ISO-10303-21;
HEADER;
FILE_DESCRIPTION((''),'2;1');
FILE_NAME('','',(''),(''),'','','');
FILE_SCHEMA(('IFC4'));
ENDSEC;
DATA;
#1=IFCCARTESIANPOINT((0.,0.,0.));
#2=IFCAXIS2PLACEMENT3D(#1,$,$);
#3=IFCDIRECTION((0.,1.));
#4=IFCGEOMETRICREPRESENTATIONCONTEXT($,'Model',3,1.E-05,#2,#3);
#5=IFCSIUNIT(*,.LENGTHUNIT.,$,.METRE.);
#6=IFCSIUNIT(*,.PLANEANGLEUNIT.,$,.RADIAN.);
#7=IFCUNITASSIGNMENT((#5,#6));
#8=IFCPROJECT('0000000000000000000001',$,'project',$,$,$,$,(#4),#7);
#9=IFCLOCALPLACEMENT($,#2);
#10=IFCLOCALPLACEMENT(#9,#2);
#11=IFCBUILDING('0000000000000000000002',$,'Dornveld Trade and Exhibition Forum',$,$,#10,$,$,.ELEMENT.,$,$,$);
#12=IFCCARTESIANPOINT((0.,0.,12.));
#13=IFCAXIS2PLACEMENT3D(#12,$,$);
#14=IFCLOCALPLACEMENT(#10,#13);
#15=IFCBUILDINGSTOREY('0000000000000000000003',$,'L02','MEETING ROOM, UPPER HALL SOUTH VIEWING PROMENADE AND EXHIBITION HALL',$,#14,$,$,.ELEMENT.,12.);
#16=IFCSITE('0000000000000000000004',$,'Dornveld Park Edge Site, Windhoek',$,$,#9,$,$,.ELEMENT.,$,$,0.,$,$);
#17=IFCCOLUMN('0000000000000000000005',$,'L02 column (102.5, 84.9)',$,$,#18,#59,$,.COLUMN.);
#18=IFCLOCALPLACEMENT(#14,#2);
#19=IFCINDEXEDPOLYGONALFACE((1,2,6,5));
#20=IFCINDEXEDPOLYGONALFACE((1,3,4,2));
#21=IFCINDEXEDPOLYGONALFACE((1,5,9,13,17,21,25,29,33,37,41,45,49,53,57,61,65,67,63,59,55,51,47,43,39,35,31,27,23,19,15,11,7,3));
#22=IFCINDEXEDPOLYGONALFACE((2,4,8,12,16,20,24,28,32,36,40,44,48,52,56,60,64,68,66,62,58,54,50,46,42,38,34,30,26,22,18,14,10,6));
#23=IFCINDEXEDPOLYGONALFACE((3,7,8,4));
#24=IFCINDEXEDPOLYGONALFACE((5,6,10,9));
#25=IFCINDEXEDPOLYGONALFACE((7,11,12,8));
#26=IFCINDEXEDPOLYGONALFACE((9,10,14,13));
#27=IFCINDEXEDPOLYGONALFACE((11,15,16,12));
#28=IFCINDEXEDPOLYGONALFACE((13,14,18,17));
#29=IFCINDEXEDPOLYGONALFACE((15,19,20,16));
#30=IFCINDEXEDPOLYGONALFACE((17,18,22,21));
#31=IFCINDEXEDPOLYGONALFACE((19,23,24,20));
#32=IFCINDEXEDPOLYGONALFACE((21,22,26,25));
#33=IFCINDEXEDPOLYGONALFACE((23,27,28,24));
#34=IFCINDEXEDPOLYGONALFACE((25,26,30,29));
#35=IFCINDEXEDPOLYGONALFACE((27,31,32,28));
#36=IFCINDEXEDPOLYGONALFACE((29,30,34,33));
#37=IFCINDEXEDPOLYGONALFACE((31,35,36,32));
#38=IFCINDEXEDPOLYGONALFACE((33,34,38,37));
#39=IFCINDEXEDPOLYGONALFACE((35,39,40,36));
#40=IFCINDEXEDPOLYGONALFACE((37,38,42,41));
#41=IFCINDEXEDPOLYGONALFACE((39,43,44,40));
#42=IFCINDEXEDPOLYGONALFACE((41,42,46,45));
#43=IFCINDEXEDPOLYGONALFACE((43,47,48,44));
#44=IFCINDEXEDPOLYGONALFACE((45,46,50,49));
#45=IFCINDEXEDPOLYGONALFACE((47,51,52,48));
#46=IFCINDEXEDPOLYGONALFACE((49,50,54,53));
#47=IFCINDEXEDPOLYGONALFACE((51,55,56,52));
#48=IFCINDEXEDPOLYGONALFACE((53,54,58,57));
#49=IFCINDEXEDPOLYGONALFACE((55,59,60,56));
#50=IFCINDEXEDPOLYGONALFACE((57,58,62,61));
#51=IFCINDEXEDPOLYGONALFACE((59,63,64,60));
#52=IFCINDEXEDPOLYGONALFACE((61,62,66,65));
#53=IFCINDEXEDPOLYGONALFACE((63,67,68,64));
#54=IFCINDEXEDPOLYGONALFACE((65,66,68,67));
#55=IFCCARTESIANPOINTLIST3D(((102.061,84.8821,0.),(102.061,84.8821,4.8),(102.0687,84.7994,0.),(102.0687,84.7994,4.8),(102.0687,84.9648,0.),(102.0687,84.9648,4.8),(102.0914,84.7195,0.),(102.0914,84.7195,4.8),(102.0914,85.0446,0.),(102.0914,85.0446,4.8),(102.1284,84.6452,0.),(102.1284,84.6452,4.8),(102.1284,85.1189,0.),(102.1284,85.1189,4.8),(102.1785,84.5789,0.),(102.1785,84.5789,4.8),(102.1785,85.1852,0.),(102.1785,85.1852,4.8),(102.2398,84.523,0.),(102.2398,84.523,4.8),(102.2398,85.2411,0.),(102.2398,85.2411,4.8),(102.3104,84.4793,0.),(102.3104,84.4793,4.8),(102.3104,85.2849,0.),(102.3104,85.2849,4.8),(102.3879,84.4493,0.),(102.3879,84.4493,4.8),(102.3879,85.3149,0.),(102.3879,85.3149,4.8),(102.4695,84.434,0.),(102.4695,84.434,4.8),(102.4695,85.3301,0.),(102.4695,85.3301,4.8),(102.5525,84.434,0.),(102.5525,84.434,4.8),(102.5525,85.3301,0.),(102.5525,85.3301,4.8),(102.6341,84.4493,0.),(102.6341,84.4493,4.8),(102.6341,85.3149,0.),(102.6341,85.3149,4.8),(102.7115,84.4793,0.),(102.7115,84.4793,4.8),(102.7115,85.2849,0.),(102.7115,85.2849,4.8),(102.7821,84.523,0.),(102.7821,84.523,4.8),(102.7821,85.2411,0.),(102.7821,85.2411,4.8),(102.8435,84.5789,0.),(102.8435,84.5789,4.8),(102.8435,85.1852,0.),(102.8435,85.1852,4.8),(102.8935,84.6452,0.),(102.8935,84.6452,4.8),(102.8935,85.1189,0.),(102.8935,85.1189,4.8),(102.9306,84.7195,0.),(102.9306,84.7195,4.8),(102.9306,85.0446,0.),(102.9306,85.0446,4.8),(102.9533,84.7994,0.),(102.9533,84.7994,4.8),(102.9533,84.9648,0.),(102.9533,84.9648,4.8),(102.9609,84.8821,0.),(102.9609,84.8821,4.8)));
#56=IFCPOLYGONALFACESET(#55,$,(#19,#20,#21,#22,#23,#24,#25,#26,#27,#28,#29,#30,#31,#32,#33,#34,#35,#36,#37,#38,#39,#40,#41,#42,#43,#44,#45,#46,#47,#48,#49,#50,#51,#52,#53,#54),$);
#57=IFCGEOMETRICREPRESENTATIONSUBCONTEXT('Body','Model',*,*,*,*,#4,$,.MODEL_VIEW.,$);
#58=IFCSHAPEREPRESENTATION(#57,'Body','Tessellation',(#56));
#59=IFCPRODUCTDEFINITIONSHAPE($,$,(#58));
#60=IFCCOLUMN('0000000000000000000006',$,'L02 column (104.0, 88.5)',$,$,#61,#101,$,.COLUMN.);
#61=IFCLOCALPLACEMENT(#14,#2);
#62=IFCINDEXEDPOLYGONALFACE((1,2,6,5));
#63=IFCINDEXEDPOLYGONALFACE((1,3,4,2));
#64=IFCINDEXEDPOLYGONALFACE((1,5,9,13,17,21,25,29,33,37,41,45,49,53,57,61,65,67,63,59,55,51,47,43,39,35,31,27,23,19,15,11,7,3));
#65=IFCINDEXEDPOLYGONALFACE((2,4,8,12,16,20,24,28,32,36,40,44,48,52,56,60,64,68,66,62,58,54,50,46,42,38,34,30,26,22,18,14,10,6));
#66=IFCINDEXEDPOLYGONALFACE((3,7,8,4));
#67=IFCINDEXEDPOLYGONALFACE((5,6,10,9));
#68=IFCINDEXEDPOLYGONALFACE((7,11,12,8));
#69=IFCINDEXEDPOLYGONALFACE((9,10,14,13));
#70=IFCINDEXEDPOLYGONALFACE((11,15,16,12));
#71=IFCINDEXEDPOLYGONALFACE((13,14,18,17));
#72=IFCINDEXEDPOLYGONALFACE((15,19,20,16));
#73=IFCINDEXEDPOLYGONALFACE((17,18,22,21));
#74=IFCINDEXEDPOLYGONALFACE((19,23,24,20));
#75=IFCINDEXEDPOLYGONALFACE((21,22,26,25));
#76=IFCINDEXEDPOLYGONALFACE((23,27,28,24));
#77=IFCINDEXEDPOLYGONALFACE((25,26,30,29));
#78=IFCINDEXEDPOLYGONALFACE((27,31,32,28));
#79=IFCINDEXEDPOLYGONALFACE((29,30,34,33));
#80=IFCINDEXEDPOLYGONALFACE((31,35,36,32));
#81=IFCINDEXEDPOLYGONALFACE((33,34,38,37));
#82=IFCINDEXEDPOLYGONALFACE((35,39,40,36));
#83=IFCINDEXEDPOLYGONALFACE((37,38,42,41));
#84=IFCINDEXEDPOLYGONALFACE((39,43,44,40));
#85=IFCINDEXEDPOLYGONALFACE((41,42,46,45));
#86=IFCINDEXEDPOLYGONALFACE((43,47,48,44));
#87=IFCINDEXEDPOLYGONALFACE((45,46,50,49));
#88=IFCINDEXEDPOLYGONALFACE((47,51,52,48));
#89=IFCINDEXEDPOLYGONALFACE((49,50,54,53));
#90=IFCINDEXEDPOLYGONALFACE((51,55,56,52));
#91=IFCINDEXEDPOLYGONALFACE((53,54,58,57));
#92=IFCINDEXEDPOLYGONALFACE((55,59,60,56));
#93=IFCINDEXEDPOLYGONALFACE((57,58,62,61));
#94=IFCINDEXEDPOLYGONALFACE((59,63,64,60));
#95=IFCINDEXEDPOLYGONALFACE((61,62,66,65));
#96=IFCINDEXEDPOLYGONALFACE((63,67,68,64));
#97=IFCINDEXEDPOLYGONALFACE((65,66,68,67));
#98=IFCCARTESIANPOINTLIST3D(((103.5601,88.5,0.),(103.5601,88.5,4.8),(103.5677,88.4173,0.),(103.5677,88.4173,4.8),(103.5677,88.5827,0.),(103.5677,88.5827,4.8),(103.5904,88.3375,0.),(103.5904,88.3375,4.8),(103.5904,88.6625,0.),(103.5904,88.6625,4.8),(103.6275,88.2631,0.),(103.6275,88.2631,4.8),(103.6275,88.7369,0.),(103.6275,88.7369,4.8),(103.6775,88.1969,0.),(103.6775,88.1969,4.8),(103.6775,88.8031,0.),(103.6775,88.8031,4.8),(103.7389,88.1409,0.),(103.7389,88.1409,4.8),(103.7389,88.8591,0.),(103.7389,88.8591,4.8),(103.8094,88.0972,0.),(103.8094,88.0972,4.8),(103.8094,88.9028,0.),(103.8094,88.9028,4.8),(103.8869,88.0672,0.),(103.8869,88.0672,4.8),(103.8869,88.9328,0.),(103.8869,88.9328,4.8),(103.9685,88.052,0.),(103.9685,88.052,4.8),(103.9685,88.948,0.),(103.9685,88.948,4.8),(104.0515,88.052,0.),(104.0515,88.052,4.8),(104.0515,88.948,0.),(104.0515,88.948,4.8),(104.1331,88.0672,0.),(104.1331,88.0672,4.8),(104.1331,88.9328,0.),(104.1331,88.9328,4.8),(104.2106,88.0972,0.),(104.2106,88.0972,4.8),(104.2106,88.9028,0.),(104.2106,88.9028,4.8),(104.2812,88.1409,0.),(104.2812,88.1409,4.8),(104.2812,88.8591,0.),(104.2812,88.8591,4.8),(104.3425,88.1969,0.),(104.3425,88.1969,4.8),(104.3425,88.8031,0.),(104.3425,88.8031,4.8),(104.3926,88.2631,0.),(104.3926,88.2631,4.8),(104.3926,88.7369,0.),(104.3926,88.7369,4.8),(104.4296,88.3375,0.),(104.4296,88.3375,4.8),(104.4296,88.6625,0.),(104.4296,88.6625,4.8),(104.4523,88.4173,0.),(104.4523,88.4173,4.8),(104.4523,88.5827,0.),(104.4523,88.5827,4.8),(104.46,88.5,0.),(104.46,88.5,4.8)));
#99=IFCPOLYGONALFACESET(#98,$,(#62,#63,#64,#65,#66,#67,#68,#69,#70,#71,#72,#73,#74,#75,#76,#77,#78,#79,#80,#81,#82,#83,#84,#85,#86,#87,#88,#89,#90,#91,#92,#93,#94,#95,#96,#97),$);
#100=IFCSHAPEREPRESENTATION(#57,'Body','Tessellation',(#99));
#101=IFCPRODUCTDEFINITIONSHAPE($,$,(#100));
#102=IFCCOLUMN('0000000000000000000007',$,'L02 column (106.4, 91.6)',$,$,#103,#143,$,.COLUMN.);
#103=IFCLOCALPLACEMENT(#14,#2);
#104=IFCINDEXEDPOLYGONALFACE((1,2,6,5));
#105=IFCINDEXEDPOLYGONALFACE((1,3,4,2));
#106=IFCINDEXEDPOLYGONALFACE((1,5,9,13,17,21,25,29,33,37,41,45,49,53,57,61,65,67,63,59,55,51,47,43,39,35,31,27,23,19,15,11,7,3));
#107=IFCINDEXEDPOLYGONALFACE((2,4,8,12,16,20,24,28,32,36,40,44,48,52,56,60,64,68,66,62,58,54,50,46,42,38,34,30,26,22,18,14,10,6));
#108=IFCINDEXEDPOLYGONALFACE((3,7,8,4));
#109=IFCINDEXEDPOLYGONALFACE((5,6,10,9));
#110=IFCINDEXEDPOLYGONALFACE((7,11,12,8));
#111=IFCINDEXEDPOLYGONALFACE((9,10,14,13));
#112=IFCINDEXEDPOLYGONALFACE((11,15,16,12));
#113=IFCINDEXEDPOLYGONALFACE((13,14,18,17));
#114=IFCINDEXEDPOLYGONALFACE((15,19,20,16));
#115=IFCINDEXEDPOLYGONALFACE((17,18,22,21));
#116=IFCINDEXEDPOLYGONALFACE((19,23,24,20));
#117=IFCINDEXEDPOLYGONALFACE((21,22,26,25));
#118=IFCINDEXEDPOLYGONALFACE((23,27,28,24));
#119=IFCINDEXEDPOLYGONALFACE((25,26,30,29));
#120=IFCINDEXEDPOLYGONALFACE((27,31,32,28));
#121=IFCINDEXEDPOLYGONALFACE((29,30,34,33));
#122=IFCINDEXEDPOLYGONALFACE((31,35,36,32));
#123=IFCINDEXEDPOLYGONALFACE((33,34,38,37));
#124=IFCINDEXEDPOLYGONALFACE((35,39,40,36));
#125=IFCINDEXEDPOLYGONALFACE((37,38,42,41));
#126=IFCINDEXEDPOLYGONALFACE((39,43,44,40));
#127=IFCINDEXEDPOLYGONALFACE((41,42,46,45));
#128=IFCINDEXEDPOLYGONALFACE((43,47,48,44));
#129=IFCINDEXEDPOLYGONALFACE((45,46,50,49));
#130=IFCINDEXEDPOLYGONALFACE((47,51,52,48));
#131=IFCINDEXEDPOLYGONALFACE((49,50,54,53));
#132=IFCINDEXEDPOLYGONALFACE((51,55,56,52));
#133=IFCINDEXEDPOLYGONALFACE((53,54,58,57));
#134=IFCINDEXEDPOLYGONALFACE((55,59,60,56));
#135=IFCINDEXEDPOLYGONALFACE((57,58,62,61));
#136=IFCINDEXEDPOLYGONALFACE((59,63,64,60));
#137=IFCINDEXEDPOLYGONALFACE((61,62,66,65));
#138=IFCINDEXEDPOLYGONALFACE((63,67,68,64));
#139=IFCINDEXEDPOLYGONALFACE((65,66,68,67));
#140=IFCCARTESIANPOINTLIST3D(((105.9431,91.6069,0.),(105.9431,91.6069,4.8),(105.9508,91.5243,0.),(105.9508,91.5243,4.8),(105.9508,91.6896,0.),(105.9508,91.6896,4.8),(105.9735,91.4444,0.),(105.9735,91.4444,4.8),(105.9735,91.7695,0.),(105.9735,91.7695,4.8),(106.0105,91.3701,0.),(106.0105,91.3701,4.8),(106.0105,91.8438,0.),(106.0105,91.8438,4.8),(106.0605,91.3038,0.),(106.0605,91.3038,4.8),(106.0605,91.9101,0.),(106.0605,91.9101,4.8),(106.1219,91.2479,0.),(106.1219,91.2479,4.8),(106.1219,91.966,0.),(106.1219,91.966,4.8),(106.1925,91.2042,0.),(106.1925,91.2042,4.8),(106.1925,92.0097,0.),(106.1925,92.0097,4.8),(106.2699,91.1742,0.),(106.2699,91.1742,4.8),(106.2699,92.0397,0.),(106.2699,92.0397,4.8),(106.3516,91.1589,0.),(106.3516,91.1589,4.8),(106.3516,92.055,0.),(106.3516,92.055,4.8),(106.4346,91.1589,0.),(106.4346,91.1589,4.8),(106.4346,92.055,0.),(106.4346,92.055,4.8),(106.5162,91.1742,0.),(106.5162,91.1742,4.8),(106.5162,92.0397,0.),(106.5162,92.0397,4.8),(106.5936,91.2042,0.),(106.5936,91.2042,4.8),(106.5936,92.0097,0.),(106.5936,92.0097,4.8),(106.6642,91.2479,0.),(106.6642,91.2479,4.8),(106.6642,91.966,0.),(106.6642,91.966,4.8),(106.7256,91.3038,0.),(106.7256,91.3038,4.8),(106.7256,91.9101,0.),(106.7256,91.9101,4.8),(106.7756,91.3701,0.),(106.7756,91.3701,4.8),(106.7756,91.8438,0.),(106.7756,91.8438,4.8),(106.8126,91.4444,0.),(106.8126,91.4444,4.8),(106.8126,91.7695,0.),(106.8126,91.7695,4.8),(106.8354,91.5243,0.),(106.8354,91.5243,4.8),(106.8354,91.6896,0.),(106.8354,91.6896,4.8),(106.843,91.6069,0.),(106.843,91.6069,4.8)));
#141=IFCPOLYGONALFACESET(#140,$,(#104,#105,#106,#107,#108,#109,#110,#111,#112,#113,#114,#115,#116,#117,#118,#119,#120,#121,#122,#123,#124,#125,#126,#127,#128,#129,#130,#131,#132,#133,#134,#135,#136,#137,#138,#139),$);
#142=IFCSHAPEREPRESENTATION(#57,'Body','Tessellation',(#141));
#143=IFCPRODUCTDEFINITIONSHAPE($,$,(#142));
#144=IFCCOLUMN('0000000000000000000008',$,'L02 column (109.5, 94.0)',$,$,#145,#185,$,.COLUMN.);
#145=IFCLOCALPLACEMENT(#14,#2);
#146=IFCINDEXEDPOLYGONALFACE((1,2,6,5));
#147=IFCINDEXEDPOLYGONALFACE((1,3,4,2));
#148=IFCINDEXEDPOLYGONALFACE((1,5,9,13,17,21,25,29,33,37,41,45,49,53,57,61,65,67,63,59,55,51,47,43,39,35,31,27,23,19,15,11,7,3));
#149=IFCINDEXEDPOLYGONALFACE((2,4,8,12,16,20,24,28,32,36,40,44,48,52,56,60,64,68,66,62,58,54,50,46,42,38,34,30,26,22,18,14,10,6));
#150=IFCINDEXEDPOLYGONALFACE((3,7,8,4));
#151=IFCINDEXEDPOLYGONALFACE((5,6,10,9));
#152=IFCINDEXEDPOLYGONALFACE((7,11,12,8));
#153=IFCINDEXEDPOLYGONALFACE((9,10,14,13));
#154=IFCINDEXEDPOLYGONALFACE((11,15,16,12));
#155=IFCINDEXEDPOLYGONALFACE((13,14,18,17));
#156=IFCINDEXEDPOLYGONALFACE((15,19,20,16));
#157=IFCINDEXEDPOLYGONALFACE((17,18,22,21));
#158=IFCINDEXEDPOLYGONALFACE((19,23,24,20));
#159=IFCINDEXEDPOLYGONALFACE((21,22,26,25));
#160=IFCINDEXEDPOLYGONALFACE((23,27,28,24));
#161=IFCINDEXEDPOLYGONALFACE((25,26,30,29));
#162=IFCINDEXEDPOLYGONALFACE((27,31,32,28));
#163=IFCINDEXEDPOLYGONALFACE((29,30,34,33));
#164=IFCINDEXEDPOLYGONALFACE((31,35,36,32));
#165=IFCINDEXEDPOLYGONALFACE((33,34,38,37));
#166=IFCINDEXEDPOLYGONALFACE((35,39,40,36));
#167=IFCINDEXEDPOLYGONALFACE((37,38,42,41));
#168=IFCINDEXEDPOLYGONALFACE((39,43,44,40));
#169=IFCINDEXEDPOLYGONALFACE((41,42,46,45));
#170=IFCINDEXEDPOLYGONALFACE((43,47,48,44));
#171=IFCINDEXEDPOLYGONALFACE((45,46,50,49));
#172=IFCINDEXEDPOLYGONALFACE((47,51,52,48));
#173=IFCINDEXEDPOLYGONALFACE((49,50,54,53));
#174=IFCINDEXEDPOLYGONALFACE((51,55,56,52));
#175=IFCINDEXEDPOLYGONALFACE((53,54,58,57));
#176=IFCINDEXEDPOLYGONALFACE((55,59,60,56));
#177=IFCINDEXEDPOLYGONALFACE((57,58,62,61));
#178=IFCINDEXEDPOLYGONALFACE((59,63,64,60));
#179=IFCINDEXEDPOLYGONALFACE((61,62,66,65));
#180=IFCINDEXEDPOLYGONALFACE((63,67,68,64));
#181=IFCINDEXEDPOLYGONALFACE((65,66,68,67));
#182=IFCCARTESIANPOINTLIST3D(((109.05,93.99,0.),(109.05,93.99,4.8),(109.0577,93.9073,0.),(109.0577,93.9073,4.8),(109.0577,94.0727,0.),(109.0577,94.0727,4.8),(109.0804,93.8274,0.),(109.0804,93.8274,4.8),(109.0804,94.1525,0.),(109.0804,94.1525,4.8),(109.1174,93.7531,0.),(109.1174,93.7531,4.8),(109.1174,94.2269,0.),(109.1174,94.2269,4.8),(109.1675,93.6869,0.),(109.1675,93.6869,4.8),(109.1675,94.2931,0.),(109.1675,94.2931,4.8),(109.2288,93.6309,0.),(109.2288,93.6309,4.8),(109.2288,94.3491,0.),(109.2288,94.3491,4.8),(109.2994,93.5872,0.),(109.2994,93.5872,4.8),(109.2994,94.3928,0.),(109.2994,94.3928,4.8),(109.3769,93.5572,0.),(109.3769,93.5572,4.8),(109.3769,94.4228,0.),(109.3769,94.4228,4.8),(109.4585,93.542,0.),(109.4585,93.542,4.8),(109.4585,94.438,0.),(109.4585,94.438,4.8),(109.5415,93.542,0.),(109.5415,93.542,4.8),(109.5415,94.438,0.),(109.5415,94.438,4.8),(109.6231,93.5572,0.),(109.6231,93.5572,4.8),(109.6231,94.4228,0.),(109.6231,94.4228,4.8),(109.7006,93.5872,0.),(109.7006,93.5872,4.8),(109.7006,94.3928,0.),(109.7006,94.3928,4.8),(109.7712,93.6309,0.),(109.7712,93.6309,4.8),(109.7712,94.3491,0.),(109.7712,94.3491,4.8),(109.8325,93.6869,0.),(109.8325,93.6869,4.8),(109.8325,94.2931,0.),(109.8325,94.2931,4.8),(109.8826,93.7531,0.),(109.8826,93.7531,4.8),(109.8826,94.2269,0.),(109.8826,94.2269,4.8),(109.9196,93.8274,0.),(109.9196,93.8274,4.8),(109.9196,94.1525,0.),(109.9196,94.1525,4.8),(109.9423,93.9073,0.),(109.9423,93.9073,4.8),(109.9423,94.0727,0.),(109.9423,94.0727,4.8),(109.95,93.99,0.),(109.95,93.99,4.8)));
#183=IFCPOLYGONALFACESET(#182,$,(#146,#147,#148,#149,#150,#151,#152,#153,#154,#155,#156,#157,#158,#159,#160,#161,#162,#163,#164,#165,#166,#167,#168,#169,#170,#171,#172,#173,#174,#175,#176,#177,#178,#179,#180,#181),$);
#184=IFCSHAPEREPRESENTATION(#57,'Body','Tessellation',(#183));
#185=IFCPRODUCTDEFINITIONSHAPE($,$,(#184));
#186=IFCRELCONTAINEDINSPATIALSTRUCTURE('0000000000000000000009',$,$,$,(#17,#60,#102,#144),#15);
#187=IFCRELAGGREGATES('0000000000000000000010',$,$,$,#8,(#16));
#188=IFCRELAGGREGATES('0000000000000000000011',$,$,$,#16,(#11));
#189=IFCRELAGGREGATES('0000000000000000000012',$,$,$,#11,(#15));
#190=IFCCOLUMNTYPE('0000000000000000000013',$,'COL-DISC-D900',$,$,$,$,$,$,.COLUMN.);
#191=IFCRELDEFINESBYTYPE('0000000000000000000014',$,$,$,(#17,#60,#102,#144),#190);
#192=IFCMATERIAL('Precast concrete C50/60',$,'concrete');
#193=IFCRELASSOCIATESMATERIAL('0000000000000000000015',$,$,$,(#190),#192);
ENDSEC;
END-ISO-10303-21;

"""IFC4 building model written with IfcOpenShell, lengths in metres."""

from ifc_helpers import new_model, si_unit, direction, frame, origin, origin_2d, place, context, subcontext, project, spatial, circle, extrude, material, material_profile, profile_set, type_object, element, save


model = new_model("IFC4")

# Units and contexts
model_context = context("Model", 3, precision=1e-05, world=origin(), true_north=direction((0.0, 1.0)))
body_context = subcontext(model_context, "Body", "Model", "MODEL_VIEW")
ifc_project = project(units=[si_unit("LENGTHUNIT", "METRE"), si_unit("PLANEANGLEUNIT", "RADIAN")], contexts=[model_context])

# Site, building, storey
site_placement = place(None, origin())
site = spatial("IfcSite", under=ifc_project, at=site_placement, Name="Dornveld Park Edge Site, Windhoek", CompositionType="ELEMENT", RefElevation=0.0)
building_placement = place(site_placement, origin())
building = spatial("IfcBuilding", under=site, at=building_placement, Name="Dornveld Trade and Exhibition Forum", CompositionType="ELEMENT")
storey_placement = place(building_placement, frame((0.0, 0.0, 12.0)))
storey = spatial("IfcBuildingStorey", under=building, at=storey_placement, Name="L02", Description="MEETING ROOM, UPPER HALL SOUTH VIEWING PROMENADE AND EXHIBITION HALL", CompositionType="ELEMENT", Elevation=12.0)

# Columns
ifc_material_1 = material(Name="Precast concrete C50/60", Category="concrete")
ifc_material_profile_1 = material_profile(ifc_material_1, circle(Radius=0.45, at=origin_2d()), Name="PC-COL D900")
ifc_profile_set_1 = profile_set([ifc_material_profile_1], Name="Precast concrete C50/60")
column_type_1 = type_object("IfcColumnType", Name="COL-DISC-D900", PredefinedType="COLUMN", material=ifc_profile_set_1)
for number, where, z_axis, x_axis, name in (
    (1, (102.511, 84.8821, 0.0), (0.0, 0.0, 1.0), (1.0, 0.0, 0.0), "L02 column (102.5, 84.9)"),
    (2, (104.01, 88.5, 0.0), (0.0, 0.0, 1.0), (1.0, 0.0, 0.0), "L02 column (104.0, 88.5)"),
    (3, (106.3931, 91.6069, 0.0), (0.0, 0.0, 1.0), (1.0, 0.0, 0.0), "L02 column (106.4, 91.6)"),
    (4, (109.5, 93.99, 0.0), (0.0, 0.0, 1.0), (1.0, 0.0, 0.0), "L02 column (109.5, 94.0)"),
):
    element("IfcColumn", number, at=place(storey_placement, frame(where, z_axis=z_axis, x_axis=x_axis)), inside=storey, type_object=column_type_1, Name=name, PredefinedType="COLUMN", context=body_context, shape_type="SweptSolid", body=[
        extrude(circle(Radius=0.45, at=origin_2d()), origin(), (0.0, 0.0, 1.0), 4.8),
    ])

save(model, "model.ifc")
